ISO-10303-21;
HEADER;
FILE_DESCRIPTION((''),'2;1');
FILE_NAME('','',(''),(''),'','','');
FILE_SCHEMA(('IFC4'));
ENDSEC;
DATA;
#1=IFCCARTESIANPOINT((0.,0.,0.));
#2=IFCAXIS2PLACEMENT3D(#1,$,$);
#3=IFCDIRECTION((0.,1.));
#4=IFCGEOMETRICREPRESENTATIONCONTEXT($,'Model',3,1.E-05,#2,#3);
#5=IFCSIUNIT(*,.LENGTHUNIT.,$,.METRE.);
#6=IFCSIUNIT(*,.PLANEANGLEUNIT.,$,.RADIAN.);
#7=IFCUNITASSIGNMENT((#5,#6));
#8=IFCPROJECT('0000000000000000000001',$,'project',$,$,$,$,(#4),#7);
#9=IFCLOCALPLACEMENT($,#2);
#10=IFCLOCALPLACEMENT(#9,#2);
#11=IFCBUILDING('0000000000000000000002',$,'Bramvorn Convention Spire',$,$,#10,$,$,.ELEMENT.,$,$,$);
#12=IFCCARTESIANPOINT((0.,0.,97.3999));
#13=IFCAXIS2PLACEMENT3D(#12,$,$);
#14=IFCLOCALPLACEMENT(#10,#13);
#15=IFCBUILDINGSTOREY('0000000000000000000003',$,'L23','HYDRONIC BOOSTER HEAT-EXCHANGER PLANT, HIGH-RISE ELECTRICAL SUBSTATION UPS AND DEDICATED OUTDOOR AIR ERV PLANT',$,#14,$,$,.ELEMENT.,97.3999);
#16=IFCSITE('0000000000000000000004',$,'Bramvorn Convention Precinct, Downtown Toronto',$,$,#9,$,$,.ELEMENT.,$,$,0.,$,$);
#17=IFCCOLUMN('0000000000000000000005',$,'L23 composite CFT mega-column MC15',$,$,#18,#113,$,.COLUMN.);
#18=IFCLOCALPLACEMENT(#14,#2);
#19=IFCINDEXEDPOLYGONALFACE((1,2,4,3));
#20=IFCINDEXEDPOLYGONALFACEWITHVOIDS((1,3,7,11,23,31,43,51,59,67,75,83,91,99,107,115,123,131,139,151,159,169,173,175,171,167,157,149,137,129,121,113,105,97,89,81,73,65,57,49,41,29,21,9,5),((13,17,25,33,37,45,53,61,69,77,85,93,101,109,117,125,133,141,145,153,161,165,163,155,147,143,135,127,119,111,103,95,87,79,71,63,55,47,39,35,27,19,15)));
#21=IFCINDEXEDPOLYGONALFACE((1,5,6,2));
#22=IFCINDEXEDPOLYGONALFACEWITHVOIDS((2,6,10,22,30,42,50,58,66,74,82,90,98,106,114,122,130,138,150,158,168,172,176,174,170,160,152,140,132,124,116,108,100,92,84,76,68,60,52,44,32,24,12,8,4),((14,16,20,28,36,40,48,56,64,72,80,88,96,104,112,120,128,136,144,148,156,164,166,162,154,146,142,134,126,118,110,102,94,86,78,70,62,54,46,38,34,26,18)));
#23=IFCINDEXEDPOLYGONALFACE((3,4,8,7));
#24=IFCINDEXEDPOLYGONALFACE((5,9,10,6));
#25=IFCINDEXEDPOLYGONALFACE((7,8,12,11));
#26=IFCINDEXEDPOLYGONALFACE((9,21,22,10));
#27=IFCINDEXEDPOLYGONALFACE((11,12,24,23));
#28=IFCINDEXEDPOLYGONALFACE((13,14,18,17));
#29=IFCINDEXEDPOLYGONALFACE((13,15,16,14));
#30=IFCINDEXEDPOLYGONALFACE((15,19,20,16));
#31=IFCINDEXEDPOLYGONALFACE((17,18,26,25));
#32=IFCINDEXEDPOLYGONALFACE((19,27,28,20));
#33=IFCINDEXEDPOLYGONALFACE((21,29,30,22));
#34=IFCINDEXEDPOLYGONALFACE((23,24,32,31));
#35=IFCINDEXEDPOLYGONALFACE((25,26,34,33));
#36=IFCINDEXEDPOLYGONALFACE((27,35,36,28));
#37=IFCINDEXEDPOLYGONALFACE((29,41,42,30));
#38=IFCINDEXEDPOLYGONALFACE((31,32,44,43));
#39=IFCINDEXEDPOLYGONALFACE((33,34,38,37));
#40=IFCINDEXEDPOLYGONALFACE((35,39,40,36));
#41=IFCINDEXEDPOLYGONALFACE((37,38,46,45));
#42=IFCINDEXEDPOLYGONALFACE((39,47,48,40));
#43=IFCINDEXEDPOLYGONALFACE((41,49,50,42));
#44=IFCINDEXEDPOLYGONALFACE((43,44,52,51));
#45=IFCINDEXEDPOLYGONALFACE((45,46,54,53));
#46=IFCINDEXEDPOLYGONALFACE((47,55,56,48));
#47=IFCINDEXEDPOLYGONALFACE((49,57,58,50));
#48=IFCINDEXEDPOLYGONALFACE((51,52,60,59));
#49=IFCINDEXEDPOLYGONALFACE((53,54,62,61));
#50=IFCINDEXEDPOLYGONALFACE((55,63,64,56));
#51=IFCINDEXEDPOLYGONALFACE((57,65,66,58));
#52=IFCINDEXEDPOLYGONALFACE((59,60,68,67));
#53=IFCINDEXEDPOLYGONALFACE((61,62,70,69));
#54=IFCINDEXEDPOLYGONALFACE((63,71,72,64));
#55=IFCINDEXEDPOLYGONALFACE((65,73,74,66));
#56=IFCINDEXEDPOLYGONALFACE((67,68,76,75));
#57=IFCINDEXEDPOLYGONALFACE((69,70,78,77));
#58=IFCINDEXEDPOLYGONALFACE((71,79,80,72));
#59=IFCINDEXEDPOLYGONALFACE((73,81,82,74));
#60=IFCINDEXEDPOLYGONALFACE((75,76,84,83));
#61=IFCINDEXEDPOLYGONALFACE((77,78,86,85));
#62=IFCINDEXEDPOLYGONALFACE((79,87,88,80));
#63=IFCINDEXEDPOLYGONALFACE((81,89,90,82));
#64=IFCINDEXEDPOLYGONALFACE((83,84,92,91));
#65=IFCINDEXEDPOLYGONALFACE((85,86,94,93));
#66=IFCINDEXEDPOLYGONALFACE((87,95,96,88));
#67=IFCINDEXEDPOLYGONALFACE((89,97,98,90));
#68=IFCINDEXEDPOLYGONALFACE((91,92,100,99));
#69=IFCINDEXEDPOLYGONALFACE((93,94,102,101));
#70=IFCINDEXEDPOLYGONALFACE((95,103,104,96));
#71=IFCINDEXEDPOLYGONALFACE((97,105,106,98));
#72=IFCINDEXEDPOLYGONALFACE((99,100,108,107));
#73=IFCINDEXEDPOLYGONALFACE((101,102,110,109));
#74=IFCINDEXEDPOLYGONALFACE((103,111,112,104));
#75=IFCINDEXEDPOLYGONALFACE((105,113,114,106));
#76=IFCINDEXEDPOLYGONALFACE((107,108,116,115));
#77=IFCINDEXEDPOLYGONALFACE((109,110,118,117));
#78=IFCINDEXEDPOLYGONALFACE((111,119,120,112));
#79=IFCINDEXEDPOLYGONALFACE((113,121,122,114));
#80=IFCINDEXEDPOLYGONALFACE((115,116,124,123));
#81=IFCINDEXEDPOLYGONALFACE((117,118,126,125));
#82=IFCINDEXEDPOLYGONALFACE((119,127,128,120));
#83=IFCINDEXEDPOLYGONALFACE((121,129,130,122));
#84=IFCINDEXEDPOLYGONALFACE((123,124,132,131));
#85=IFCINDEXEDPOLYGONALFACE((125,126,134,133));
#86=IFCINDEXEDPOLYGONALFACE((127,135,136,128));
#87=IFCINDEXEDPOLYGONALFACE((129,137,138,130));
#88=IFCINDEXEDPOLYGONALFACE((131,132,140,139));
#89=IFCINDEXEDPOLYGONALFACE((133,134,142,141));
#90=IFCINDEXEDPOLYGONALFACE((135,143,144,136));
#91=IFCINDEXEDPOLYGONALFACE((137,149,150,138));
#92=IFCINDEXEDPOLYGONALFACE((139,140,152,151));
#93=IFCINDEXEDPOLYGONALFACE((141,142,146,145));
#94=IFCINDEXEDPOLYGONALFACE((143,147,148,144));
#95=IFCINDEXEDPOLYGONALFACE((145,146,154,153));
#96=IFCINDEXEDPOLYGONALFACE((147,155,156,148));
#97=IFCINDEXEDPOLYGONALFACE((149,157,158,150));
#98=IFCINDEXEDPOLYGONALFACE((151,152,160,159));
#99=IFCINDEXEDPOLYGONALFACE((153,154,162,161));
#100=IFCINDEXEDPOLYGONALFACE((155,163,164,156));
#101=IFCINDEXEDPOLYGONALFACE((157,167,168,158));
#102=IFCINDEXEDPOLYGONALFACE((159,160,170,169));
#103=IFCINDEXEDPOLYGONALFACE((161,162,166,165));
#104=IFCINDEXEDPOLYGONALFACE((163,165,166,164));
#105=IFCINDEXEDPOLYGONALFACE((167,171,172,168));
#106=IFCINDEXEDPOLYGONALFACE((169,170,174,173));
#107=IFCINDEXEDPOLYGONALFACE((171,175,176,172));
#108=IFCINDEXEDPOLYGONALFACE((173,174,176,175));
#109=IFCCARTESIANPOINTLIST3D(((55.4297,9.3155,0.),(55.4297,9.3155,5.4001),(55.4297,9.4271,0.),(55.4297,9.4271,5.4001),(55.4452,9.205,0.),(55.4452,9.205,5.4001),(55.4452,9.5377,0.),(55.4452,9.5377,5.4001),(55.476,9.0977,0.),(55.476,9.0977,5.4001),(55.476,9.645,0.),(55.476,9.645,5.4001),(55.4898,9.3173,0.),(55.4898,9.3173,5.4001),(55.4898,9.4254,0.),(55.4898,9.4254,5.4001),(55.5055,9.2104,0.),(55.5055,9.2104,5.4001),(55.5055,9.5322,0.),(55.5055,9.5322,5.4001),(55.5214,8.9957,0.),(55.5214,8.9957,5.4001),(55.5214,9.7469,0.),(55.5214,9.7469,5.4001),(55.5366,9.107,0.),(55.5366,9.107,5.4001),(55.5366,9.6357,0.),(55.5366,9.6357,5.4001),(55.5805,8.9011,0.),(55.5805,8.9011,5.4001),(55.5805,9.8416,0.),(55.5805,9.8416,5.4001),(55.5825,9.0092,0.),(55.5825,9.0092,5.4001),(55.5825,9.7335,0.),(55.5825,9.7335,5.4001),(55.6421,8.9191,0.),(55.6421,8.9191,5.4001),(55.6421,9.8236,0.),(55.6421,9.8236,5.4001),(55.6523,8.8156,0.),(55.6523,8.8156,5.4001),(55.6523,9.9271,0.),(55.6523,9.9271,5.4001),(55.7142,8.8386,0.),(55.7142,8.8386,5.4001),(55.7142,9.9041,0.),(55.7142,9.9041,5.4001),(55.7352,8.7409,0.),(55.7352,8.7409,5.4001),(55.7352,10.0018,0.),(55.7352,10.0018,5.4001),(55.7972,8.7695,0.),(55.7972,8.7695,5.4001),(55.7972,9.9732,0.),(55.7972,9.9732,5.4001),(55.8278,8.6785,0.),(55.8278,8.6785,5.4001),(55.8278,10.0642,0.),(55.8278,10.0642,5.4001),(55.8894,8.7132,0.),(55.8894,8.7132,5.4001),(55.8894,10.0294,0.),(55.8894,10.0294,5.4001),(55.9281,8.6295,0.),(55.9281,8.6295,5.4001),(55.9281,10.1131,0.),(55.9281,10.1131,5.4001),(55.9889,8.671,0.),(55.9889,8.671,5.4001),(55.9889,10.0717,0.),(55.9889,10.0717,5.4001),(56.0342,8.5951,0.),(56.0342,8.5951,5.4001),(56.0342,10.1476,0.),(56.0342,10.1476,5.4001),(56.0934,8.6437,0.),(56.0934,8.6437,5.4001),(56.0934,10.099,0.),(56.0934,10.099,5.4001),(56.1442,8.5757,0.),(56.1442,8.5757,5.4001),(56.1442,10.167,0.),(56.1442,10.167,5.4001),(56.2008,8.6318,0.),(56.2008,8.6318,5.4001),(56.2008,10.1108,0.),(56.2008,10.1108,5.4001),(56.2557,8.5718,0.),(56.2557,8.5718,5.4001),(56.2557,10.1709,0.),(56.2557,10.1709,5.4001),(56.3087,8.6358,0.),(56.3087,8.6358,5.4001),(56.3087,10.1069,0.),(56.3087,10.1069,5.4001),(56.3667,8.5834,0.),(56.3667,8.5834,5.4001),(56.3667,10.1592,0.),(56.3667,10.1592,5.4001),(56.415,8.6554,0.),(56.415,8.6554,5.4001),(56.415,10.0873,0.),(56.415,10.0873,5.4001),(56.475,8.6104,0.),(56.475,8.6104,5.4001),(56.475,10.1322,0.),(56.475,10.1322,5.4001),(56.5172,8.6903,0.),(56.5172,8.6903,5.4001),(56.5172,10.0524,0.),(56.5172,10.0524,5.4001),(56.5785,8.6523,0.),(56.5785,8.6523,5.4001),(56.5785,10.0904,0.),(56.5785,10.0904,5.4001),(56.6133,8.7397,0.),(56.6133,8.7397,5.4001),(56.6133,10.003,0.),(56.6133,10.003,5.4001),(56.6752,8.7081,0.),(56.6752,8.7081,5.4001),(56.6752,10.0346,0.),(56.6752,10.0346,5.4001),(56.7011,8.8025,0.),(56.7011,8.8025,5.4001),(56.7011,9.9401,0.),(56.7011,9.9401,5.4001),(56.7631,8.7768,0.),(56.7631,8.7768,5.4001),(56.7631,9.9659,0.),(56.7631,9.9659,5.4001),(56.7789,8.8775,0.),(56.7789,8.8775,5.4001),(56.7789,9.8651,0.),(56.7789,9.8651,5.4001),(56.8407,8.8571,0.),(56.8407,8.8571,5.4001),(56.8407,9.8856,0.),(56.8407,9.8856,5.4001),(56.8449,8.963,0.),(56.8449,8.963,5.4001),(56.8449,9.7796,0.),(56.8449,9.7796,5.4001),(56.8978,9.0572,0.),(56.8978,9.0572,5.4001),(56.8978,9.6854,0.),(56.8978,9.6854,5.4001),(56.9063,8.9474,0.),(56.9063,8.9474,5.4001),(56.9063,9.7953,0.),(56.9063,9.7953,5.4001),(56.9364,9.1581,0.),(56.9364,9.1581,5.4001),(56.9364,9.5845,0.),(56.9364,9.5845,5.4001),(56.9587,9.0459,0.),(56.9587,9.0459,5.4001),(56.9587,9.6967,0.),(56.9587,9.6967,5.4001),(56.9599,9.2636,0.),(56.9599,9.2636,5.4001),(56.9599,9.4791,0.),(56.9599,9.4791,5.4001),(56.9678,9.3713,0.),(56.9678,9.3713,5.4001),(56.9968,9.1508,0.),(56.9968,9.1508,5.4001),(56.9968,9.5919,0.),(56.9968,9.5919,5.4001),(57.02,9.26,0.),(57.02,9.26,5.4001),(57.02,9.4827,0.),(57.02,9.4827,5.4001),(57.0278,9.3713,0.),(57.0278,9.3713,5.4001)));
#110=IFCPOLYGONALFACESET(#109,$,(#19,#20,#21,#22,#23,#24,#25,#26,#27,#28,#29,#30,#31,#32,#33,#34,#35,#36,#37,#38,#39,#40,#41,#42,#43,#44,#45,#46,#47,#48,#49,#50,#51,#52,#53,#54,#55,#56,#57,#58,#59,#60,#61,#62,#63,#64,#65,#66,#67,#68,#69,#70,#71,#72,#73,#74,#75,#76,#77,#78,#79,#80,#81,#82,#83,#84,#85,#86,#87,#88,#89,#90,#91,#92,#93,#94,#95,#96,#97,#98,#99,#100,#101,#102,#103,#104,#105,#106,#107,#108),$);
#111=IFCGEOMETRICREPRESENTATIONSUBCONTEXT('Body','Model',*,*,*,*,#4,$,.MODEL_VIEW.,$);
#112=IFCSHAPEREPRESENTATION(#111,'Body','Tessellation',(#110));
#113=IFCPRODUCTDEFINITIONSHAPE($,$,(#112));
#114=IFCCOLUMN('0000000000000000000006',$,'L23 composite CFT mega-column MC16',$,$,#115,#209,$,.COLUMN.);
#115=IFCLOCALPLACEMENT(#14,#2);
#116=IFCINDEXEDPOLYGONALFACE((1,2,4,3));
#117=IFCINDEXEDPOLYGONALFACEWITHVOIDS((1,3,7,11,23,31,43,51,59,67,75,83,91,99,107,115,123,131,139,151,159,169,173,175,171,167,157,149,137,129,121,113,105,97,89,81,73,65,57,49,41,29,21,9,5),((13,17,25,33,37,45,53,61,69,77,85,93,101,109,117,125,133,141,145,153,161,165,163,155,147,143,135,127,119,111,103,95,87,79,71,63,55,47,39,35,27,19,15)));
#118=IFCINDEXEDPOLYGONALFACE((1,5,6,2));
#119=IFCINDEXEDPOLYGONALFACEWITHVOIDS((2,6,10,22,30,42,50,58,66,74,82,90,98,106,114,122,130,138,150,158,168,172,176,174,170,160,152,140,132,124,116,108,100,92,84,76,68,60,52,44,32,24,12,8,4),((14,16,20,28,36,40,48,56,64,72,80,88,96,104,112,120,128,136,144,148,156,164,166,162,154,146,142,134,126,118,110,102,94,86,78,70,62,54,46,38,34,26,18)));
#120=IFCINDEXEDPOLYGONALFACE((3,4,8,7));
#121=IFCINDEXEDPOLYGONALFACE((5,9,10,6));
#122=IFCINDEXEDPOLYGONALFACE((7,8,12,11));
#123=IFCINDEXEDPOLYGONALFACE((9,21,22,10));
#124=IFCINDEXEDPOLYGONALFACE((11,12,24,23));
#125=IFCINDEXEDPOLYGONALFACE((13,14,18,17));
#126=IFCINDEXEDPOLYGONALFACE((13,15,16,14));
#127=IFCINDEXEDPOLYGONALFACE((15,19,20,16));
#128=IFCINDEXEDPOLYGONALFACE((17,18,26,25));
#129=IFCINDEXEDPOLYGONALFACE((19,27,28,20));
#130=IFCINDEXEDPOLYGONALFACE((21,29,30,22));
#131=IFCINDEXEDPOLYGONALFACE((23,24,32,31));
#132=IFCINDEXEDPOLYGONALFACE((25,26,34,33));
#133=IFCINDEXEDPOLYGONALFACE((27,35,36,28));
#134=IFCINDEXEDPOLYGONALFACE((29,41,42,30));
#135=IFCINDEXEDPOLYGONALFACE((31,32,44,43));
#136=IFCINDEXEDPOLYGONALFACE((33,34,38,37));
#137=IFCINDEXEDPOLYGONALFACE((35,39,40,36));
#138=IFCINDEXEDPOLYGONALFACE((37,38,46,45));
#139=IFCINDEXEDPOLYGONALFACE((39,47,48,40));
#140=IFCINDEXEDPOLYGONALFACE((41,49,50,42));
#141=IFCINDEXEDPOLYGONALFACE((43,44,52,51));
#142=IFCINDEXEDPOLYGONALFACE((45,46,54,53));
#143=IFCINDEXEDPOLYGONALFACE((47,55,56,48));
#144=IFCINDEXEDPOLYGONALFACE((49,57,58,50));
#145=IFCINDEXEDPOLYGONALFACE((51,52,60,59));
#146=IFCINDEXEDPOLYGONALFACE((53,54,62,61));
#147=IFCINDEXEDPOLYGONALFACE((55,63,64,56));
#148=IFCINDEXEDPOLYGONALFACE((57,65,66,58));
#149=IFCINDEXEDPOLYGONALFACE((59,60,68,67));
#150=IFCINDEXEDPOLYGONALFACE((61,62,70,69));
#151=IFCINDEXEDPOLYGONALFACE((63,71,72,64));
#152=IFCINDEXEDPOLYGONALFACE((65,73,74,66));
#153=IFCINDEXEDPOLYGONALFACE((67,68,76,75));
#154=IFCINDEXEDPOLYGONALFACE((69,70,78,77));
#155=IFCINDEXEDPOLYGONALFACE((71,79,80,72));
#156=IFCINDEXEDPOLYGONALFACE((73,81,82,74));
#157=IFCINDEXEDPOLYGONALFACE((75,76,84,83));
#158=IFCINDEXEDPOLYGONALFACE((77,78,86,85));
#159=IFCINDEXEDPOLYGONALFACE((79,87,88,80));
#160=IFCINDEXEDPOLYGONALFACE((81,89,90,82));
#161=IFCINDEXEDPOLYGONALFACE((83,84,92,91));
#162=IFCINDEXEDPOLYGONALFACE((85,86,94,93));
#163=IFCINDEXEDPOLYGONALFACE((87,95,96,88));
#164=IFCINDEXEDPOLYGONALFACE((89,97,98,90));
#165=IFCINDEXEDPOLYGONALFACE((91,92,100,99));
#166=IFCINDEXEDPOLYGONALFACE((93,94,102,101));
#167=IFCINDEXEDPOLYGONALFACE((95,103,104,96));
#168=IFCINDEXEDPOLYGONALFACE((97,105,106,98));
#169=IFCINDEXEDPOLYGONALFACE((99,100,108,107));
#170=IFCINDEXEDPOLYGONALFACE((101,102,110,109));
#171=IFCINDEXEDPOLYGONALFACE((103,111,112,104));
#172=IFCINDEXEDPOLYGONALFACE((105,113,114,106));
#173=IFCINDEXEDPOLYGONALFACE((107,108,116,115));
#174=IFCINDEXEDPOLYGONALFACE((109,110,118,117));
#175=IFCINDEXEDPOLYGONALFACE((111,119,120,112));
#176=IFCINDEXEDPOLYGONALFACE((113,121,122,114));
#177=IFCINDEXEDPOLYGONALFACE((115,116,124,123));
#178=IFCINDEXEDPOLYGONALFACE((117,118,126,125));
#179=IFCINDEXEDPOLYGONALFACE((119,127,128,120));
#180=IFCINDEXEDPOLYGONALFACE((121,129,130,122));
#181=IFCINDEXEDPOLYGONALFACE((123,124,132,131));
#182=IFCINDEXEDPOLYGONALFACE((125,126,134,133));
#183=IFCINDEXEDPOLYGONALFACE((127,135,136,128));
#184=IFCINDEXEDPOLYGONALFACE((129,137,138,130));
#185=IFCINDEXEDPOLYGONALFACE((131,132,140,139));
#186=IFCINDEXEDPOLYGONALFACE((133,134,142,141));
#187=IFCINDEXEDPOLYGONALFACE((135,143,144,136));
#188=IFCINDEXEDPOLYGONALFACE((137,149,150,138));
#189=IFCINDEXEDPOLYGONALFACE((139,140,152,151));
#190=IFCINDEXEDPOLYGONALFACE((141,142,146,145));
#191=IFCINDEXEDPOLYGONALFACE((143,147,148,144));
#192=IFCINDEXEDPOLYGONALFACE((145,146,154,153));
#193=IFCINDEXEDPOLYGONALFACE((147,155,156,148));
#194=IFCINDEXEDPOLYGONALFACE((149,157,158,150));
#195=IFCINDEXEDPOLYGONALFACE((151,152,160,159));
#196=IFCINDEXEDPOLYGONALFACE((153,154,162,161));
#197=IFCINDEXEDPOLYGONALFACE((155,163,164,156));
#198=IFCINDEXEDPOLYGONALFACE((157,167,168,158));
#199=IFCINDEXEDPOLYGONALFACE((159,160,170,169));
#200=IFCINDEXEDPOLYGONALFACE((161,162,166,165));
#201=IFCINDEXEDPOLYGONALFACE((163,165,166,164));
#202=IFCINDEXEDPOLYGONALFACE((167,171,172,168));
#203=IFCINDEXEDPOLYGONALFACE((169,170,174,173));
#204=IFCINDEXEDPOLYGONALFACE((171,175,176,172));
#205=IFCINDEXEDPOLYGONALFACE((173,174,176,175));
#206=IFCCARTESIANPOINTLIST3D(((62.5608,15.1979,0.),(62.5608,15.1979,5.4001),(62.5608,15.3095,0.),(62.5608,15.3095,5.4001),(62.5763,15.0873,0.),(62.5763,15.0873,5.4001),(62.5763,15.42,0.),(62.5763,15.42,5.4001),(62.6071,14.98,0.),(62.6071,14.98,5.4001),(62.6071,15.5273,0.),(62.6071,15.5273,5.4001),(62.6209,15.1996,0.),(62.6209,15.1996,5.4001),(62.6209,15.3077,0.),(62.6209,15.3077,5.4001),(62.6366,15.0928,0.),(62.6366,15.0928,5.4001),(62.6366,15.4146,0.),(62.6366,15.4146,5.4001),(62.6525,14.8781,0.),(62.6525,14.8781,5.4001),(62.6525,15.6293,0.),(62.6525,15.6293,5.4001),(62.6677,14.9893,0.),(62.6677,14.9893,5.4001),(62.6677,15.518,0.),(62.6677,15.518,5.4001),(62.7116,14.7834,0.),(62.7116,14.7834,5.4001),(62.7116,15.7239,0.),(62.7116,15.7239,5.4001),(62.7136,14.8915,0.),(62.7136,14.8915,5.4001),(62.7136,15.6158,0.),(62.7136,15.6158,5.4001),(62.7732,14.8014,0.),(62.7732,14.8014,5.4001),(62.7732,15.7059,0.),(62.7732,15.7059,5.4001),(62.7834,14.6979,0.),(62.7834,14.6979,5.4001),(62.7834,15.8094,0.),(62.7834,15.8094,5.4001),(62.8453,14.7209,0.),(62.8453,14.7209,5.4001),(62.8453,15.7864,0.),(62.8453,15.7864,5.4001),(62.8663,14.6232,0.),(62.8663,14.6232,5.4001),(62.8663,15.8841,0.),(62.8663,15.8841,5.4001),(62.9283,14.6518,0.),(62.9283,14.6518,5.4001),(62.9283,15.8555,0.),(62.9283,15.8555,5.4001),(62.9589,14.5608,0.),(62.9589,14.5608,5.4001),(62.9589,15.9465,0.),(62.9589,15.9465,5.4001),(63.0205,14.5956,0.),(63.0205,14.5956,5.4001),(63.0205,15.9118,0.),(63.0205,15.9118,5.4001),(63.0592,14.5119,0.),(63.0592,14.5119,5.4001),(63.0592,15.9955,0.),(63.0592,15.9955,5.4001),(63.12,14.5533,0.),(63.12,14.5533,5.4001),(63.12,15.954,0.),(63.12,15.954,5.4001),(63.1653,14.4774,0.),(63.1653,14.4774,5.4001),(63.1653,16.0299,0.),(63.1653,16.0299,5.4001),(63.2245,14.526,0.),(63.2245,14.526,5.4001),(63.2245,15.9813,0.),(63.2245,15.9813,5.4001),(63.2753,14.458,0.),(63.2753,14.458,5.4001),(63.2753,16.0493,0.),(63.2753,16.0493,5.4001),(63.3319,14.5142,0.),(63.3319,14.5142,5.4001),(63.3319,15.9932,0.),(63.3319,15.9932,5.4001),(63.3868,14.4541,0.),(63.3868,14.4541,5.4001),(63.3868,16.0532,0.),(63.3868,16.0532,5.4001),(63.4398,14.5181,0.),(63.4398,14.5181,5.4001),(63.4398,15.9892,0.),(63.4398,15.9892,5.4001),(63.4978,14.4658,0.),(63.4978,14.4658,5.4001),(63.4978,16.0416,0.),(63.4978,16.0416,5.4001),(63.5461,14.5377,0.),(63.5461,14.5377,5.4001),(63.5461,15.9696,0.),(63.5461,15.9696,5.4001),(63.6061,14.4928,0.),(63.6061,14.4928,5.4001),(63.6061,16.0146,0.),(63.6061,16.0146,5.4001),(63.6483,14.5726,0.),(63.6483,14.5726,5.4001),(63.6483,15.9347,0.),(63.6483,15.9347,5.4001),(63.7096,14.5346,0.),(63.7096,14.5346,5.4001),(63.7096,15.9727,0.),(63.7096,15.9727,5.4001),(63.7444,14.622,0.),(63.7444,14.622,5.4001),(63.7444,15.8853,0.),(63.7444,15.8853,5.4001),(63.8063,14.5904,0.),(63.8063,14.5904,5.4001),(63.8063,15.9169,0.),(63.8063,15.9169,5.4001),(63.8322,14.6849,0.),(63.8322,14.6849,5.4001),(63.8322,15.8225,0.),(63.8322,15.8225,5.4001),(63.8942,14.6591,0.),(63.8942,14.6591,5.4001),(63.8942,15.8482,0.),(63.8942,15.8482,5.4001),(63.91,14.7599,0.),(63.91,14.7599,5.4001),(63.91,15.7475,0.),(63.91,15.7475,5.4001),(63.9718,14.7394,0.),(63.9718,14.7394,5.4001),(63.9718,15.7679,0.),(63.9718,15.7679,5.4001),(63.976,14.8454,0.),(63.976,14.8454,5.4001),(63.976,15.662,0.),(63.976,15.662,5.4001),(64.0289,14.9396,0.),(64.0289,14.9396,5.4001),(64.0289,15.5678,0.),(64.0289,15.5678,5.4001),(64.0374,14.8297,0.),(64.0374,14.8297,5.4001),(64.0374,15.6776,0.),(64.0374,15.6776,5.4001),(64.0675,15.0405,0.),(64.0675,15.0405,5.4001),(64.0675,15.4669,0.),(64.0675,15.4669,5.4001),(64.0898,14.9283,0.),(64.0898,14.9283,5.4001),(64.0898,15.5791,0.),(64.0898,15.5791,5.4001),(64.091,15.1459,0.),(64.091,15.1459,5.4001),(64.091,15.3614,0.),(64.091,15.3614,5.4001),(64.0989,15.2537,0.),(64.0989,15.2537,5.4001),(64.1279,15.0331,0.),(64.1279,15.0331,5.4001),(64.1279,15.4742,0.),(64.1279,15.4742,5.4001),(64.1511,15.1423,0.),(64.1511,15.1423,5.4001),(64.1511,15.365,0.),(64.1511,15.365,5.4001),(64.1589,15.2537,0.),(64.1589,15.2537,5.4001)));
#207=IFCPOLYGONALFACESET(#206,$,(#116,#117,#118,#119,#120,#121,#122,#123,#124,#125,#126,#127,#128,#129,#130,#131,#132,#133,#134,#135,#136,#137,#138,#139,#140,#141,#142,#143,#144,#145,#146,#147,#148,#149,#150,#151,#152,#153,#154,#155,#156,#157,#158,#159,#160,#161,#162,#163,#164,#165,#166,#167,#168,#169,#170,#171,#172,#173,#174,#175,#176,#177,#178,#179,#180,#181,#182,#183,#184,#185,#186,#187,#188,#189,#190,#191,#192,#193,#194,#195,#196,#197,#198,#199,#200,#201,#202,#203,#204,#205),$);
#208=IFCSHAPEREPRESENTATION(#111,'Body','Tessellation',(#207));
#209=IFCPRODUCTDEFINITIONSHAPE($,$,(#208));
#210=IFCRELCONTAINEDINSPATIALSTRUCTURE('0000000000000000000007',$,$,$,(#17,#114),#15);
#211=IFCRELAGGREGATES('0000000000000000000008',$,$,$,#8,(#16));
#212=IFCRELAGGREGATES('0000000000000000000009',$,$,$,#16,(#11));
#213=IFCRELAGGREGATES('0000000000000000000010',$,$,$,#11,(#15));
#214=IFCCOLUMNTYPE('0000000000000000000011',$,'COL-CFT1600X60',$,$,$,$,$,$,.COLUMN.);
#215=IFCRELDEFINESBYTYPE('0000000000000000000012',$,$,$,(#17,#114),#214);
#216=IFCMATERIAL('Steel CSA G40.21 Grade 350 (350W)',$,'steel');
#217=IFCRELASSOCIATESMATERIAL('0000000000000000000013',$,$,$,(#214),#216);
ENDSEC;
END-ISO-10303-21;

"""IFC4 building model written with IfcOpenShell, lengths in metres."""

from ifc_helpers import new_model, si_unit, direction, frame, origin, origin_2d, place, context, subcontext, project, spatial, hollow_circle, extrude, material, material_profile, profile_set, type_object, element, save


model = new_model("IFC4")

# Units and contexts
model_context = context("Model", 3, precision=1e-05, world=origin(), true_north=direction((0.0, 1.0)))
body_context = subcontext(model_context, "Body", "Model", "MODEL_VIEW")
ifc_project = project(units=[si_unit("LENGTHUNIT", "METRE"), si_unit("PLANEANGLEUNIT", "RADIAN")], contexts=[model_context])

# Site, building, storey
site_placement = place(None, origin())
site = spatial("IfcSite", under=ifc_project, at=site_placement, Name="Bramvorn Convention Precinct, Downtown Toronto", CompositionType="ELEMENT", RefElevation=0.0)
building_placement = place(site_placement, origin())
building = spatial("IfcBuilding", under=site, at=building_placement, Name="Bramvorn Convention Spire", CompositionType="ELEMENT")
storey_placement = place(building_placement, frame((0.0, 0.0, 97.3999)))
storey = spatial("IfcBuildingStorey", under=building, at=storey_placement, Name="L23", Description="HYDRONIC BOOSTER HEAT-EXCHANGER PLANT, HIGH-RISE ELECTRICAL SUBSTATION UPS AND DEDICATED OUTDOOR AIR ERV PLANT", CompositionType="ELEMENT", Elevation=97.3999)

# Columns
ifc_material_1 = material(Name="Steel CSA G40.21 Grade 350 (350W)", Category="steel")
ifc_material_profile_1 = material_profile(ifc_material_1, hollow_circle(Radius=0.8, WallThickness=0.0601, at=origin_2d()))
ifc_profile_set_1 = profile_set([ifc_material_profile_1], Name="Steel CSA G40.21 Grade 350 (350W) - CFT1600X60")
column_type = type_object("IfcColumnType", Name="COL-CFT1600X60", PredefinedType="COLUMN", material=ifc_profile_set_1)
for number, where, z_axis, x_axis, name in (
    (1, (56.2278, 9.3713, 0.0), (0.0, 0.0, 1.0), (1.0, 0.0, 0.0), "L23 composite CFT mega-column MC15"),
    (2, (63.3589, 15.2537, 0.0), (0.0, 0.0, 1.0), (1.0, 0.0, 0.0), "L23 composite CFT mega-column MC16"),
):
    element("IfcColumn", number, at=place(storey_placement, frame(where, z_axis=z_axis, x_axis=x_axis)), inside=storey, type_object=column_type, Name=name, PredefinedType="COLUMN", context=body_context, shape_type="SweptSolid", body=[
        extrude(hollow_circle(Radius=0.8, WallThickness=0.0601, at=origin_2d()), origin(), (0.0, 0.0, 1.0), 5.4001),
    ])

save(model, "model.ifc")
